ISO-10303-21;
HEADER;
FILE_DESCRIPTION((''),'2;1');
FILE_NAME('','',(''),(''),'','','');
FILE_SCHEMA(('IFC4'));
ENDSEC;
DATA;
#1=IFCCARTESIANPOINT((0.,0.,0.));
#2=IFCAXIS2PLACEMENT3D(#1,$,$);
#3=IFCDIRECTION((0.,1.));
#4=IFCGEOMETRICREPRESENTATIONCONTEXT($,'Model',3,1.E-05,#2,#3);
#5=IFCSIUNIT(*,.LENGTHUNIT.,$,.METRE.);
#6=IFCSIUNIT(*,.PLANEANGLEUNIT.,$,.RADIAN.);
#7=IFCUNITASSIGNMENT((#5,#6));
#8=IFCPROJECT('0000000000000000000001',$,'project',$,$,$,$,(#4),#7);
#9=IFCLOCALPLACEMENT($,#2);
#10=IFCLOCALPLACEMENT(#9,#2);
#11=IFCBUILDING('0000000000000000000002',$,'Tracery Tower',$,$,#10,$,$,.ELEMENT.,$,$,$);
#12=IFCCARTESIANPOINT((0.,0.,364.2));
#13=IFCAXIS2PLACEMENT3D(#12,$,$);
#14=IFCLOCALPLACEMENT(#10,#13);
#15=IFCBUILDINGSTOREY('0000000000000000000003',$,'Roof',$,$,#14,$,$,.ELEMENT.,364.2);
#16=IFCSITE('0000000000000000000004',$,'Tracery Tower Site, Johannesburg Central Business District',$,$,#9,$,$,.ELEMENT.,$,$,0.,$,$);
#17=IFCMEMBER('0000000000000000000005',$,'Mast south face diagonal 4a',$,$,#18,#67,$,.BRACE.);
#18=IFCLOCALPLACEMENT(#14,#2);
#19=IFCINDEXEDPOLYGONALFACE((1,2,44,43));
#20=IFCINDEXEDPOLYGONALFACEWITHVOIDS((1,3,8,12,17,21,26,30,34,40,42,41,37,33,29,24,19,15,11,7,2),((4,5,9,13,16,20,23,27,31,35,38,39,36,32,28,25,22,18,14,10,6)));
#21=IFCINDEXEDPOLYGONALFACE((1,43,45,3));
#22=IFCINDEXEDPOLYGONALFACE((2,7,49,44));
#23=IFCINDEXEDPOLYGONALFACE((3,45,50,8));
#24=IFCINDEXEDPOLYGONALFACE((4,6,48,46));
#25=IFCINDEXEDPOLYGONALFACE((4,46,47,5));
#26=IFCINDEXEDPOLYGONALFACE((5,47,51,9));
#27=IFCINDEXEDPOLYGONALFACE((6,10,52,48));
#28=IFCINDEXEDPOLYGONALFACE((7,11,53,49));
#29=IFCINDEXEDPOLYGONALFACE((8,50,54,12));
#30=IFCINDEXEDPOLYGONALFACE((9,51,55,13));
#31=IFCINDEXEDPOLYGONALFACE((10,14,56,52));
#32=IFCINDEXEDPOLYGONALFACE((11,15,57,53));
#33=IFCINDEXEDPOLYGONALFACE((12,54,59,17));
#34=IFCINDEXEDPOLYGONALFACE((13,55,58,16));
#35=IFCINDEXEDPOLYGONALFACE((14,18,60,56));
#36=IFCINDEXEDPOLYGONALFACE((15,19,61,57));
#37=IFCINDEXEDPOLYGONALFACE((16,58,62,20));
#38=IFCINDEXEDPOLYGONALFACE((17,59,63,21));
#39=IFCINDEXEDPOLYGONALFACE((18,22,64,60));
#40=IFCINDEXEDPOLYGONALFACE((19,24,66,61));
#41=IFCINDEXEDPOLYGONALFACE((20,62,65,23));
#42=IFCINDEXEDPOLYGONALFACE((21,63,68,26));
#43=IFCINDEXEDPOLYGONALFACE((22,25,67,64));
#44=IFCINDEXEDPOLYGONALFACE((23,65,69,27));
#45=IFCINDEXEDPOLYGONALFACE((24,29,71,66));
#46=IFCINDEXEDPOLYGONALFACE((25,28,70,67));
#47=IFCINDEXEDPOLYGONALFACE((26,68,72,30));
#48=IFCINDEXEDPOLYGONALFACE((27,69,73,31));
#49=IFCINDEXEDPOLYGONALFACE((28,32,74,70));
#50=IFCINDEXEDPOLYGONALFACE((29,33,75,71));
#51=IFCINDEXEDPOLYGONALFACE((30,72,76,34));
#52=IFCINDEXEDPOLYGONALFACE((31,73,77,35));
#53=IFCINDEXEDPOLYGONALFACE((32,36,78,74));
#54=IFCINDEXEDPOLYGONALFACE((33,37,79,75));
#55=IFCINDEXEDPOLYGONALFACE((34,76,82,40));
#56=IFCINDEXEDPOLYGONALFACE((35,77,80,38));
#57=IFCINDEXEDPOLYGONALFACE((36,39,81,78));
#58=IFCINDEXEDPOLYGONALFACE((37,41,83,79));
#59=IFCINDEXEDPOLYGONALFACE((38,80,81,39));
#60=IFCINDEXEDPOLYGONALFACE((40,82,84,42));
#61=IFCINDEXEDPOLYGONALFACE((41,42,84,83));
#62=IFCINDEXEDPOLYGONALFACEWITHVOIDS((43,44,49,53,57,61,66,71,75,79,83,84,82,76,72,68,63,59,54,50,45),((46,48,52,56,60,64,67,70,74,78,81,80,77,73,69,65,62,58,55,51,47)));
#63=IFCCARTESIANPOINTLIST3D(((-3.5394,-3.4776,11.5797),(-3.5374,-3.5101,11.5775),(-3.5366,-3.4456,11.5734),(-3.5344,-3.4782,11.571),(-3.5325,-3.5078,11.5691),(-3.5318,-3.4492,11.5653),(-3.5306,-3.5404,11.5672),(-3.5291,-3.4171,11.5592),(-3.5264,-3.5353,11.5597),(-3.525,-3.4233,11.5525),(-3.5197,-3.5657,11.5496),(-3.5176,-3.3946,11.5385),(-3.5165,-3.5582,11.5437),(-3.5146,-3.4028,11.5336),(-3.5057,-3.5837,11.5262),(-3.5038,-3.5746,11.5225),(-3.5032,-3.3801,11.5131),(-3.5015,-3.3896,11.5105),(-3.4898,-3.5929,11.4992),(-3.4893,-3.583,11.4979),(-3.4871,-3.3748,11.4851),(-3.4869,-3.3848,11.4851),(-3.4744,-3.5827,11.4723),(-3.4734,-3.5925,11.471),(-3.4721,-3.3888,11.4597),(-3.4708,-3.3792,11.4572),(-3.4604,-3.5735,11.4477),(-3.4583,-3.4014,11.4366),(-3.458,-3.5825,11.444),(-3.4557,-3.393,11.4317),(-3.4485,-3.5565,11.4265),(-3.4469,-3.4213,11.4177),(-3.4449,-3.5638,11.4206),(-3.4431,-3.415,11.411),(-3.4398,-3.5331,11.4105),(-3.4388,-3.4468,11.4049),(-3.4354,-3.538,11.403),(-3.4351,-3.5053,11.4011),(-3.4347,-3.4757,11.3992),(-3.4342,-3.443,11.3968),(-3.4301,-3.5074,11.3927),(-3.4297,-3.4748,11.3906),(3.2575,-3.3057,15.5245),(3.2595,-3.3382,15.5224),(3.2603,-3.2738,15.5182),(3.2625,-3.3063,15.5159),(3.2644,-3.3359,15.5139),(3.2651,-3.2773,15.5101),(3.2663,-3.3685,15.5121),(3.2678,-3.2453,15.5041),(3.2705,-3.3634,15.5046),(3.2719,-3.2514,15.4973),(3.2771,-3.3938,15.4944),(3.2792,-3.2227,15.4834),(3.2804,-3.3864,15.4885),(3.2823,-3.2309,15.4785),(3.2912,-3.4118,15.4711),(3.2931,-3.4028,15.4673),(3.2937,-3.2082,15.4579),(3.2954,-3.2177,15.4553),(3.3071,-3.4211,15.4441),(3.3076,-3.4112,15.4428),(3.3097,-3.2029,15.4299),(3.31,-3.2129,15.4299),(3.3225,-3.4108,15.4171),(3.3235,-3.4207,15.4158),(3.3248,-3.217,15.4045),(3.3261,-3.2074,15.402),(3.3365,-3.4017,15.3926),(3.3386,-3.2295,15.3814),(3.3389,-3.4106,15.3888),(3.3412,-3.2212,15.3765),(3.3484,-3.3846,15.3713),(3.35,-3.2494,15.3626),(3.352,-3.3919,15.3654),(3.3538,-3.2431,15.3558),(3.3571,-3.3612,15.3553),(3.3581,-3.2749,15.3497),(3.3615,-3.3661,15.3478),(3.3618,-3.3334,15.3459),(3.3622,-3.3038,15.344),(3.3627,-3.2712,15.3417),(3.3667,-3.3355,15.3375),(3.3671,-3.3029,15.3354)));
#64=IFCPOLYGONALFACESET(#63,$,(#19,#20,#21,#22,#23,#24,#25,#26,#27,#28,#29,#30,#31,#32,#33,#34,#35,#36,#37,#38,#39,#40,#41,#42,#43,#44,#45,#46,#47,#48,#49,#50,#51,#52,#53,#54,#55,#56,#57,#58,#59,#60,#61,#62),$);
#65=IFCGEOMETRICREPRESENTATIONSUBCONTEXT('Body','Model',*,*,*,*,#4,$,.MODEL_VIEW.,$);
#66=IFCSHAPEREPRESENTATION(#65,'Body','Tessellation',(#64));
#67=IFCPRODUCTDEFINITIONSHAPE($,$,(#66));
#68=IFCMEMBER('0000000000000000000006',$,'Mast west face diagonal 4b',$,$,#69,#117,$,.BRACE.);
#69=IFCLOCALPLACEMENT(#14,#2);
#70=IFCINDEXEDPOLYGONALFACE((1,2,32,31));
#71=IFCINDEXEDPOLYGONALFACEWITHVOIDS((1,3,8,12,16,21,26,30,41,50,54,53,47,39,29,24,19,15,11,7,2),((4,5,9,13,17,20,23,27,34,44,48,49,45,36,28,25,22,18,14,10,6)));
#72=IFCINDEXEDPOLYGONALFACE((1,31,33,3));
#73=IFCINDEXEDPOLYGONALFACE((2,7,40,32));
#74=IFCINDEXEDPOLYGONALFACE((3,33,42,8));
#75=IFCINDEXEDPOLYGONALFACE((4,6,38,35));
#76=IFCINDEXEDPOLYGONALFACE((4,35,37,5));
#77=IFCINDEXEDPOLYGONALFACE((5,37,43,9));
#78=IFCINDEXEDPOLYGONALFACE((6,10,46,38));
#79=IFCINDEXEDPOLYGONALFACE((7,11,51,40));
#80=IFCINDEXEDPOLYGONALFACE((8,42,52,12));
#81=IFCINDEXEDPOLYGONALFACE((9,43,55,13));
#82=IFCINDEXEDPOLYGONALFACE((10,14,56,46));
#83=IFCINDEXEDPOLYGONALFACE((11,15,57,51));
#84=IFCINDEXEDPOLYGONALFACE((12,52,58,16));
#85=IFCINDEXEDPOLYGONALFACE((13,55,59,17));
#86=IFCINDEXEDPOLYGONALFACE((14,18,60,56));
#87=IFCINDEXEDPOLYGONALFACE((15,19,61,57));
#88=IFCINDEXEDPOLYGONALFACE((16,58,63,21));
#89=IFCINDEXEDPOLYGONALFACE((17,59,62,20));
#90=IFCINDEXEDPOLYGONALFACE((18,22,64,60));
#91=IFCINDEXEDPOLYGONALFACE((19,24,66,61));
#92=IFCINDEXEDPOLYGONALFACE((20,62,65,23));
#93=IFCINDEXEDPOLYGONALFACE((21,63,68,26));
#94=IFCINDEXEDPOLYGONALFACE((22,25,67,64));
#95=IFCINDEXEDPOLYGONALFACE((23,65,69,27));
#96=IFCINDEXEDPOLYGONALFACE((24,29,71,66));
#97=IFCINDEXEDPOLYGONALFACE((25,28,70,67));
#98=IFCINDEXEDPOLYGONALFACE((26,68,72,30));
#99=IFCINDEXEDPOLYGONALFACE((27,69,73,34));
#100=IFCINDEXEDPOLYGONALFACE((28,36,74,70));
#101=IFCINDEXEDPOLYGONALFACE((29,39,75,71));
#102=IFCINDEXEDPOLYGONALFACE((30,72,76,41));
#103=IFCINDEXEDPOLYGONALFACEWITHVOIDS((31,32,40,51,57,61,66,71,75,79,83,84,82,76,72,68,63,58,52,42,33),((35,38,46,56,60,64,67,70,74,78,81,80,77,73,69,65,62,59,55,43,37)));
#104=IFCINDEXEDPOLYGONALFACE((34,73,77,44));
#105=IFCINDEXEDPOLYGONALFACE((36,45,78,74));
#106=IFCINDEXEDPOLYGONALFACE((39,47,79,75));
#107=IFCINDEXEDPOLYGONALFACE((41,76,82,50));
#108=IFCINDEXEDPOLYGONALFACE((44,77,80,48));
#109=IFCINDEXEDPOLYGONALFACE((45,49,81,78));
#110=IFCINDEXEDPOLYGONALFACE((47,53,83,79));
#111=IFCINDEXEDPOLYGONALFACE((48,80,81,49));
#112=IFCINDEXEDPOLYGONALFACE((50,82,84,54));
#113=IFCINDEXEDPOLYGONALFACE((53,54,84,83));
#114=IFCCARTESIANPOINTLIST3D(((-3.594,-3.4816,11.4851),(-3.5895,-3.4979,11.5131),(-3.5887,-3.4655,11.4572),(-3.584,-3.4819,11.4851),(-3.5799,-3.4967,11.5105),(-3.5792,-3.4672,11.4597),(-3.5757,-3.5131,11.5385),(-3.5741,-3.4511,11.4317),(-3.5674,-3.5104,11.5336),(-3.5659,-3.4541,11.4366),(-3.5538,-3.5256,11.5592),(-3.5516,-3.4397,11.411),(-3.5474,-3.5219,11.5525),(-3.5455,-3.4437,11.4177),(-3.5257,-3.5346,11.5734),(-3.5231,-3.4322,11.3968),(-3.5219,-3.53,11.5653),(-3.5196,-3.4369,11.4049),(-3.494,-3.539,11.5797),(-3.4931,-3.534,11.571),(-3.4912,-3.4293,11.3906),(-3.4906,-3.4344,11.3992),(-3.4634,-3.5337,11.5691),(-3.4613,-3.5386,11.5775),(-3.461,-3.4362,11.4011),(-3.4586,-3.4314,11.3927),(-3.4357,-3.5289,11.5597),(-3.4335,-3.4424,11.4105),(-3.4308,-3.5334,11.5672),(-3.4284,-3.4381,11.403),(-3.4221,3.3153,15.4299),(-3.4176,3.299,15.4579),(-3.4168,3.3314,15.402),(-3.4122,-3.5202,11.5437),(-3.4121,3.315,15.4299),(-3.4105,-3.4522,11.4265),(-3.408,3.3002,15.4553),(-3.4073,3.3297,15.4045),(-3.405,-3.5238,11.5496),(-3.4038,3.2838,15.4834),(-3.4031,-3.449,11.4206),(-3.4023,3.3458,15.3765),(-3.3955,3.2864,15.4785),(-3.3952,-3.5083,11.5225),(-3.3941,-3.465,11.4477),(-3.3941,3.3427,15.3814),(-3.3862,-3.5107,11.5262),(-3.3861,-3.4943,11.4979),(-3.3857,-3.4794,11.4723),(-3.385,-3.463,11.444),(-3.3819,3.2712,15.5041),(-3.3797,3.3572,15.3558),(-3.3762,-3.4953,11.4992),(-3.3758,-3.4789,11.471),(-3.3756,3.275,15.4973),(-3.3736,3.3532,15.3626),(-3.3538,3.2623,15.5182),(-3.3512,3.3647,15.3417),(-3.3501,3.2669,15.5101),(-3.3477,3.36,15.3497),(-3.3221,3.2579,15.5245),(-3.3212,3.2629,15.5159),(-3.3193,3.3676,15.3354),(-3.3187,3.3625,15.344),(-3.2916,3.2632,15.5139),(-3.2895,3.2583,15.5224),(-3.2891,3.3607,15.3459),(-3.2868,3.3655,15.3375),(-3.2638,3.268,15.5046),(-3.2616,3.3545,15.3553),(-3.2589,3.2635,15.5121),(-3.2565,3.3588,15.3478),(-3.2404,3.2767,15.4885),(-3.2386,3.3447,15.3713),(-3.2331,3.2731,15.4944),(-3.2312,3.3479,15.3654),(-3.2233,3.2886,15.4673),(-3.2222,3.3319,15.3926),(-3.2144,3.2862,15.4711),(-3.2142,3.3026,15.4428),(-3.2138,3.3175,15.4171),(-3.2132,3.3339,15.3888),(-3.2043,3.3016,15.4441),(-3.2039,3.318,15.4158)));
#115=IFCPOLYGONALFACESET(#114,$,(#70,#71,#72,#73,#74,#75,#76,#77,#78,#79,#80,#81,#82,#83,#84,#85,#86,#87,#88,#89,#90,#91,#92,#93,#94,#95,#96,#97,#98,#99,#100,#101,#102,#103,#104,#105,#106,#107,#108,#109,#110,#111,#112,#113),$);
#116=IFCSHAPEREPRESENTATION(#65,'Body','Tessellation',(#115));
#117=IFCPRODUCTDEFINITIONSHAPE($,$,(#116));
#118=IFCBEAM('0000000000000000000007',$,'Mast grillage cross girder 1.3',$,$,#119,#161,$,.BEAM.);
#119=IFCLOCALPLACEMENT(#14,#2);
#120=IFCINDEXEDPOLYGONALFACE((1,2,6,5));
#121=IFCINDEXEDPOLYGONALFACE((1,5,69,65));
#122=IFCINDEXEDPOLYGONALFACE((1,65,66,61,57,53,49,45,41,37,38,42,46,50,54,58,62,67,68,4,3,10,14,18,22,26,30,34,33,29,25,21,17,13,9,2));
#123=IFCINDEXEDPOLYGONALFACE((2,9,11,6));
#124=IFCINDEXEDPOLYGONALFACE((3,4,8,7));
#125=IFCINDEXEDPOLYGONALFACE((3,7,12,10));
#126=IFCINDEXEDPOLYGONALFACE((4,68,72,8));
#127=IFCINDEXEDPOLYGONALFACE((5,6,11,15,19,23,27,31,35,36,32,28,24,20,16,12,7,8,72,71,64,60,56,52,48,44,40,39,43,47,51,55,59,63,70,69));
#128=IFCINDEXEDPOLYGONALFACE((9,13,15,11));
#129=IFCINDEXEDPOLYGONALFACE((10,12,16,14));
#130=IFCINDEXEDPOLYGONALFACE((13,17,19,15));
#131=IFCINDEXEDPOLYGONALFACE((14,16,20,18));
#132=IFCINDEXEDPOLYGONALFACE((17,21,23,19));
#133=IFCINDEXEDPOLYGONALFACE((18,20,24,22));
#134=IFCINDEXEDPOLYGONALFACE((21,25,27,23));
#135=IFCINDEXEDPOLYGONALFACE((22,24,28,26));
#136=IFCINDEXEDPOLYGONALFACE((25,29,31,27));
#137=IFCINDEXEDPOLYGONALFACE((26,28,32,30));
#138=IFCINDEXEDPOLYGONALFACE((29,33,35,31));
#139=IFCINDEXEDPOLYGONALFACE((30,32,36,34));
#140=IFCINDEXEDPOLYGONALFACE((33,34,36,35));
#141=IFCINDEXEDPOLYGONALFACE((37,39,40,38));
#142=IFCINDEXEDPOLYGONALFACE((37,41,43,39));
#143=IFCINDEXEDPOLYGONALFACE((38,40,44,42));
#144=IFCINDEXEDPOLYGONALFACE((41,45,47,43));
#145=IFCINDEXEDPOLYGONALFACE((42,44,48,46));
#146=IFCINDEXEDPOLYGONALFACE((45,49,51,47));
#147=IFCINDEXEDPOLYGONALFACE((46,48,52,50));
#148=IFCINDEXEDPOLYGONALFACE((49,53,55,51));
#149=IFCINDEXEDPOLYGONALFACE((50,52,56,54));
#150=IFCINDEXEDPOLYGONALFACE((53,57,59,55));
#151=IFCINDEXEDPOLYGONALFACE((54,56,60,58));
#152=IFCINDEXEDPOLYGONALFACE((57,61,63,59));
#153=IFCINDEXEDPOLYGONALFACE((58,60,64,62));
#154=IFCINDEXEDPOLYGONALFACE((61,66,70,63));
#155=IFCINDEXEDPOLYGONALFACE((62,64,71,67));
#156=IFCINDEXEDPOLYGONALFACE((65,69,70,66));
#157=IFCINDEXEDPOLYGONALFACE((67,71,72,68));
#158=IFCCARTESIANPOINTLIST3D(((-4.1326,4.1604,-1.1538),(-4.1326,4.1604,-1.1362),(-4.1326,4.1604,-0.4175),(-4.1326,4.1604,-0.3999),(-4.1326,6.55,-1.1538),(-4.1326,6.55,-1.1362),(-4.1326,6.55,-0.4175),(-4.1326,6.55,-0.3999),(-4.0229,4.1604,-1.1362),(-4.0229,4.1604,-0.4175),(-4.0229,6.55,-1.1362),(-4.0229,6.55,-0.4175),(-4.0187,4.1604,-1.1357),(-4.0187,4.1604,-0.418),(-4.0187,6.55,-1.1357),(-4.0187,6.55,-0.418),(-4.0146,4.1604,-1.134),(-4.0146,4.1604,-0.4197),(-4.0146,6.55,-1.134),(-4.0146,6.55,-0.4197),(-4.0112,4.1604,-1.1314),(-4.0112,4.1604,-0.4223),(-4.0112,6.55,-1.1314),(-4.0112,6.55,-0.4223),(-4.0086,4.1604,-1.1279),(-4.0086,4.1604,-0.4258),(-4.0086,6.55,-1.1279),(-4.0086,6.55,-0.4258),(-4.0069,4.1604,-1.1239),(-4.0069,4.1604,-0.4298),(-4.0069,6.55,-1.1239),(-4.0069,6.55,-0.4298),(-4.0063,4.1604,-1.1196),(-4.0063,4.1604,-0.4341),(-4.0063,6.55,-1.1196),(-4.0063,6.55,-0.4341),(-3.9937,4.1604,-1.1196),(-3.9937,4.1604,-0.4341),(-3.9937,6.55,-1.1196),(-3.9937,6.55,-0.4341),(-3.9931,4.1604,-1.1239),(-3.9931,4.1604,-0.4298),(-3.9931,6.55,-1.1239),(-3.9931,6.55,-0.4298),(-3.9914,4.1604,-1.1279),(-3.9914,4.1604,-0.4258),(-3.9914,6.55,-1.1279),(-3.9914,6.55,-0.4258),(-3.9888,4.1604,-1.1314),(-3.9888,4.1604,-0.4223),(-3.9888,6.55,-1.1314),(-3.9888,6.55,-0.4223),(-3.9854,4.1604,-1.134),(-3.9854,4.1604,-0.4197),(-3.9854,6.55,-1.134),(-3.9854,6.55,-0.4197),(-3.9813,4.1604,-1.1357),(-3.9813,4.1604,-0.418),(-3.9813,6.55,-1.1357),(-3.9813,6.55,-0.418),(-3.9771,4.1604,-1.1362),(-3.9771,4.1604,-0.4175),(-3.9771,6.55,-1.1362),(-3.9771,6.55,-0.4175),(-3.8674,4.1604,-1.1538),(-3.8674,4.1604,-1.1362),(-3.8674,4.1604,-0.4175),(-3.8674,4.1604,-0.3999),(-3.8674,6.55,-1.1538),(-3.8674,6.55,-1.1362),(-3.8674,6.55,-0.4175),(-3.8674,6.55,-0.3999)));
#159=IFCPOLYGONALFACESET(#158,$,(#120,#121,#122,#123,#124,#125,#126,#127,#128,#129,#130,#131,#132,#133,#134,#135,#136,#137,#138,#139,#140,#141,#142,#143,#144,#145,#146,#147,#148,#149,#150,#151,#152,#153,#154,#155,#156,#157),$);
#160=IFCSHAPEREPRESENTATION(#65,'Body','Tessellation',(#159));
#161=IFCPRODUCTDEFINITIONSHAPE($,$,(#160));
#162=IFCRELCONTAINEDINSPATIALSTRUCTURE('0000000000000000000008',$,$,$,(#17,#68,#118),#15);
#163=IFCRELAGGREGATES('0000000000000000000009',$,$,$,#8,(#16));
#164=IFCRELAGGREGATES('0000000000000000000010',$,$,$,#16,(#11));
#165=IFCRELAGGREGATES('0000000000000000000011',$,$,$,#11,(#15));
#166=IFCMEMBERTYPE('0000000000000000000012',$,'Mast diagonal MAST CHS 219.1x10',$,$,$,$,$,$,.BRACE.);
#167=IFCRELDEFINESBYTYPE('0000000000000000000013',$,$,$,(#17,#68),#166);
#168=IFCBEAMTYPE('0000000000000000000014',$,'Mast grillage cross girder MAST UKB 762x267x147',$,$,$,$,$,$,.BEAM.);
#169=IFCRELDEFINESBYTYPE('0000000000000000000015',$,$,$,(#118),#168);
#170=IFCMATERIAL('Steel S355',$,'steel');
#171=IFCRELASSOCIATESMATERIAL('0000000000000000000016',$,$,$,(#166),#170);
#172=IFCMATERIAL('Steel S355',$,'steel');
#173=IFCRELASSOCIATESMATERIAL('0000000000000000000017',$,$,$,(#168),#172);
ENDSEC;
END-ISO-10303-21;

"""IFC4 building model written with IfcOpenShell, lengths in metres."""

from ifc_helpers import new_model, si_unit, direction, frame, origin, origin_2d, place, context, subcontext, project, spatial, hollow_circle, i_section, extrude, material, material_profile, profile_set, type_object, element, save


model = new_model("IFC4")

# Units and contexts
model_context = context("Model", 3, precision=1e-05, world=origin(), true_north=direction((0.0, 1.0)))
body_context = subcontext(model_context, "Body", "Model", "MODEL_VIEW")
ifc_project = project(units=[si_unit("LENGTHUNIT", "METRE"), si_unit("PLANEANGLEUNIT", "RADIAN")], contexts=[model_context])

# Site, building, storey
site_placement = place(None, origin())
site = spatial("IfcSite", under=ifc_project, at=site_placement, Name="Tracery Tower Site, Johannesburg Central Business District", CompositionType="ELEMENT", RefElevation=0.0)
building_placement = place(site_placement, origin())
building = spatial("IfcBuilding", under=site, at=building_placement, Name="Tracery Tower", CompositionType="ELEMENT")
storey_placement = place(building_placement, frame((0.0, 0.0, 364.2)))
storey = spatial("IfcBuildingStorey", under=building, at=storey_placement, Name="Roof", CompositionType="ELEMENT", Elevation=364.2)

# Members
ifc_material_1 = material(Name="Steel S355", Category="steel")
ifc_material_profile_1 = material_profile(ifc_material_1, hollow_circle(Radius=0.1096, WallThickness=0.01, at=origin_2d()), Name="CHS 219.1x10")
ifc_profile_set_1 = profile_set([ifc_material_profile_1], Name="Steel S355")
member_type_1 = type_object("IfcMemberType", Name="Mast diagonal MAST CHS 219.1x10", PredefinedType="BRACE", material=ifc_profile_set_1)
for number, where, z_axis, x_axis, name in (
    (1, (-3.4844, -3.4844, 11.4851), (0.864679, 0.021865, 0.501849), (-0.025279, 0.99968, 0.0), "Mast south face diagonal 4a"),
    (2, (-3.4844, -3.4844, 11.4851), (0.021865, 0.864679, 0.501849), (-0.99968, 0.025279, 0.0), "Mast west face diagonal 4b"),
):
    element("IfcMember", number, at=place(storey_placement, frame(where, z_axis=z_axis, x_axis=x_axis)), inside=storey, type_object=member_type_1, Name=name, PredefinedType="BRACE", context=body_context, shape_type="SweptSolid", body=[
        extrude(hollow_circle(Radius=0.1096, WallThickness=0.01, at=origin_2d()), origin(), (0.0, 0.0, 1.0), 7.8606),
    ])

# Beam
ifc_material_2 = material(Name="Steel S355", Category="steel")
ifc_material_profile_2 = material_profile(ifc_material_2, i_section(OverallWidth=0.2651, OverallDepth=0.7539, WebThickness=0.0127, FlangeThickness=0.0176, FilletRadius=0.0166, at=origin_2d()), Name="UKB 762x267x147")
ifc_profile_set_2 = profile_set([ifc_material_profile_2], Name="Steel S355")
beam_type_1 = type_object("IfcBeamType", Name="Mast grillage cross girder MAST UKB 762x267x147", PredefinedType="BEAM", material=ifc_profile_set_2)
beam_1_placement = place(storey_placement, frame((-4.0, 4.1604, -0.7769), z_axis=(0.0, 1.0, 0.0), x_axis=(-1.0, 0.0, 0.0)))
element("IfcBeam", 3, at=beam_1_placement, inside=storey, type_object=beam_type_1, Name="Mast grillage cross girder 1.3", PredefinedType="BEAM", context=body_context, shape_type="SweptSolid", body=[
    extrude(i_section(OverallWidth=0.2651, OverallDepth=0.7539, WebThickness=0.0127, FlangeThickness=0.0176, FilletRadius=0.0166, at=origin_2d()), origin(), (0.0, 0.0, 1.0), 2.3896),
])

save(model, "model.ifc")
